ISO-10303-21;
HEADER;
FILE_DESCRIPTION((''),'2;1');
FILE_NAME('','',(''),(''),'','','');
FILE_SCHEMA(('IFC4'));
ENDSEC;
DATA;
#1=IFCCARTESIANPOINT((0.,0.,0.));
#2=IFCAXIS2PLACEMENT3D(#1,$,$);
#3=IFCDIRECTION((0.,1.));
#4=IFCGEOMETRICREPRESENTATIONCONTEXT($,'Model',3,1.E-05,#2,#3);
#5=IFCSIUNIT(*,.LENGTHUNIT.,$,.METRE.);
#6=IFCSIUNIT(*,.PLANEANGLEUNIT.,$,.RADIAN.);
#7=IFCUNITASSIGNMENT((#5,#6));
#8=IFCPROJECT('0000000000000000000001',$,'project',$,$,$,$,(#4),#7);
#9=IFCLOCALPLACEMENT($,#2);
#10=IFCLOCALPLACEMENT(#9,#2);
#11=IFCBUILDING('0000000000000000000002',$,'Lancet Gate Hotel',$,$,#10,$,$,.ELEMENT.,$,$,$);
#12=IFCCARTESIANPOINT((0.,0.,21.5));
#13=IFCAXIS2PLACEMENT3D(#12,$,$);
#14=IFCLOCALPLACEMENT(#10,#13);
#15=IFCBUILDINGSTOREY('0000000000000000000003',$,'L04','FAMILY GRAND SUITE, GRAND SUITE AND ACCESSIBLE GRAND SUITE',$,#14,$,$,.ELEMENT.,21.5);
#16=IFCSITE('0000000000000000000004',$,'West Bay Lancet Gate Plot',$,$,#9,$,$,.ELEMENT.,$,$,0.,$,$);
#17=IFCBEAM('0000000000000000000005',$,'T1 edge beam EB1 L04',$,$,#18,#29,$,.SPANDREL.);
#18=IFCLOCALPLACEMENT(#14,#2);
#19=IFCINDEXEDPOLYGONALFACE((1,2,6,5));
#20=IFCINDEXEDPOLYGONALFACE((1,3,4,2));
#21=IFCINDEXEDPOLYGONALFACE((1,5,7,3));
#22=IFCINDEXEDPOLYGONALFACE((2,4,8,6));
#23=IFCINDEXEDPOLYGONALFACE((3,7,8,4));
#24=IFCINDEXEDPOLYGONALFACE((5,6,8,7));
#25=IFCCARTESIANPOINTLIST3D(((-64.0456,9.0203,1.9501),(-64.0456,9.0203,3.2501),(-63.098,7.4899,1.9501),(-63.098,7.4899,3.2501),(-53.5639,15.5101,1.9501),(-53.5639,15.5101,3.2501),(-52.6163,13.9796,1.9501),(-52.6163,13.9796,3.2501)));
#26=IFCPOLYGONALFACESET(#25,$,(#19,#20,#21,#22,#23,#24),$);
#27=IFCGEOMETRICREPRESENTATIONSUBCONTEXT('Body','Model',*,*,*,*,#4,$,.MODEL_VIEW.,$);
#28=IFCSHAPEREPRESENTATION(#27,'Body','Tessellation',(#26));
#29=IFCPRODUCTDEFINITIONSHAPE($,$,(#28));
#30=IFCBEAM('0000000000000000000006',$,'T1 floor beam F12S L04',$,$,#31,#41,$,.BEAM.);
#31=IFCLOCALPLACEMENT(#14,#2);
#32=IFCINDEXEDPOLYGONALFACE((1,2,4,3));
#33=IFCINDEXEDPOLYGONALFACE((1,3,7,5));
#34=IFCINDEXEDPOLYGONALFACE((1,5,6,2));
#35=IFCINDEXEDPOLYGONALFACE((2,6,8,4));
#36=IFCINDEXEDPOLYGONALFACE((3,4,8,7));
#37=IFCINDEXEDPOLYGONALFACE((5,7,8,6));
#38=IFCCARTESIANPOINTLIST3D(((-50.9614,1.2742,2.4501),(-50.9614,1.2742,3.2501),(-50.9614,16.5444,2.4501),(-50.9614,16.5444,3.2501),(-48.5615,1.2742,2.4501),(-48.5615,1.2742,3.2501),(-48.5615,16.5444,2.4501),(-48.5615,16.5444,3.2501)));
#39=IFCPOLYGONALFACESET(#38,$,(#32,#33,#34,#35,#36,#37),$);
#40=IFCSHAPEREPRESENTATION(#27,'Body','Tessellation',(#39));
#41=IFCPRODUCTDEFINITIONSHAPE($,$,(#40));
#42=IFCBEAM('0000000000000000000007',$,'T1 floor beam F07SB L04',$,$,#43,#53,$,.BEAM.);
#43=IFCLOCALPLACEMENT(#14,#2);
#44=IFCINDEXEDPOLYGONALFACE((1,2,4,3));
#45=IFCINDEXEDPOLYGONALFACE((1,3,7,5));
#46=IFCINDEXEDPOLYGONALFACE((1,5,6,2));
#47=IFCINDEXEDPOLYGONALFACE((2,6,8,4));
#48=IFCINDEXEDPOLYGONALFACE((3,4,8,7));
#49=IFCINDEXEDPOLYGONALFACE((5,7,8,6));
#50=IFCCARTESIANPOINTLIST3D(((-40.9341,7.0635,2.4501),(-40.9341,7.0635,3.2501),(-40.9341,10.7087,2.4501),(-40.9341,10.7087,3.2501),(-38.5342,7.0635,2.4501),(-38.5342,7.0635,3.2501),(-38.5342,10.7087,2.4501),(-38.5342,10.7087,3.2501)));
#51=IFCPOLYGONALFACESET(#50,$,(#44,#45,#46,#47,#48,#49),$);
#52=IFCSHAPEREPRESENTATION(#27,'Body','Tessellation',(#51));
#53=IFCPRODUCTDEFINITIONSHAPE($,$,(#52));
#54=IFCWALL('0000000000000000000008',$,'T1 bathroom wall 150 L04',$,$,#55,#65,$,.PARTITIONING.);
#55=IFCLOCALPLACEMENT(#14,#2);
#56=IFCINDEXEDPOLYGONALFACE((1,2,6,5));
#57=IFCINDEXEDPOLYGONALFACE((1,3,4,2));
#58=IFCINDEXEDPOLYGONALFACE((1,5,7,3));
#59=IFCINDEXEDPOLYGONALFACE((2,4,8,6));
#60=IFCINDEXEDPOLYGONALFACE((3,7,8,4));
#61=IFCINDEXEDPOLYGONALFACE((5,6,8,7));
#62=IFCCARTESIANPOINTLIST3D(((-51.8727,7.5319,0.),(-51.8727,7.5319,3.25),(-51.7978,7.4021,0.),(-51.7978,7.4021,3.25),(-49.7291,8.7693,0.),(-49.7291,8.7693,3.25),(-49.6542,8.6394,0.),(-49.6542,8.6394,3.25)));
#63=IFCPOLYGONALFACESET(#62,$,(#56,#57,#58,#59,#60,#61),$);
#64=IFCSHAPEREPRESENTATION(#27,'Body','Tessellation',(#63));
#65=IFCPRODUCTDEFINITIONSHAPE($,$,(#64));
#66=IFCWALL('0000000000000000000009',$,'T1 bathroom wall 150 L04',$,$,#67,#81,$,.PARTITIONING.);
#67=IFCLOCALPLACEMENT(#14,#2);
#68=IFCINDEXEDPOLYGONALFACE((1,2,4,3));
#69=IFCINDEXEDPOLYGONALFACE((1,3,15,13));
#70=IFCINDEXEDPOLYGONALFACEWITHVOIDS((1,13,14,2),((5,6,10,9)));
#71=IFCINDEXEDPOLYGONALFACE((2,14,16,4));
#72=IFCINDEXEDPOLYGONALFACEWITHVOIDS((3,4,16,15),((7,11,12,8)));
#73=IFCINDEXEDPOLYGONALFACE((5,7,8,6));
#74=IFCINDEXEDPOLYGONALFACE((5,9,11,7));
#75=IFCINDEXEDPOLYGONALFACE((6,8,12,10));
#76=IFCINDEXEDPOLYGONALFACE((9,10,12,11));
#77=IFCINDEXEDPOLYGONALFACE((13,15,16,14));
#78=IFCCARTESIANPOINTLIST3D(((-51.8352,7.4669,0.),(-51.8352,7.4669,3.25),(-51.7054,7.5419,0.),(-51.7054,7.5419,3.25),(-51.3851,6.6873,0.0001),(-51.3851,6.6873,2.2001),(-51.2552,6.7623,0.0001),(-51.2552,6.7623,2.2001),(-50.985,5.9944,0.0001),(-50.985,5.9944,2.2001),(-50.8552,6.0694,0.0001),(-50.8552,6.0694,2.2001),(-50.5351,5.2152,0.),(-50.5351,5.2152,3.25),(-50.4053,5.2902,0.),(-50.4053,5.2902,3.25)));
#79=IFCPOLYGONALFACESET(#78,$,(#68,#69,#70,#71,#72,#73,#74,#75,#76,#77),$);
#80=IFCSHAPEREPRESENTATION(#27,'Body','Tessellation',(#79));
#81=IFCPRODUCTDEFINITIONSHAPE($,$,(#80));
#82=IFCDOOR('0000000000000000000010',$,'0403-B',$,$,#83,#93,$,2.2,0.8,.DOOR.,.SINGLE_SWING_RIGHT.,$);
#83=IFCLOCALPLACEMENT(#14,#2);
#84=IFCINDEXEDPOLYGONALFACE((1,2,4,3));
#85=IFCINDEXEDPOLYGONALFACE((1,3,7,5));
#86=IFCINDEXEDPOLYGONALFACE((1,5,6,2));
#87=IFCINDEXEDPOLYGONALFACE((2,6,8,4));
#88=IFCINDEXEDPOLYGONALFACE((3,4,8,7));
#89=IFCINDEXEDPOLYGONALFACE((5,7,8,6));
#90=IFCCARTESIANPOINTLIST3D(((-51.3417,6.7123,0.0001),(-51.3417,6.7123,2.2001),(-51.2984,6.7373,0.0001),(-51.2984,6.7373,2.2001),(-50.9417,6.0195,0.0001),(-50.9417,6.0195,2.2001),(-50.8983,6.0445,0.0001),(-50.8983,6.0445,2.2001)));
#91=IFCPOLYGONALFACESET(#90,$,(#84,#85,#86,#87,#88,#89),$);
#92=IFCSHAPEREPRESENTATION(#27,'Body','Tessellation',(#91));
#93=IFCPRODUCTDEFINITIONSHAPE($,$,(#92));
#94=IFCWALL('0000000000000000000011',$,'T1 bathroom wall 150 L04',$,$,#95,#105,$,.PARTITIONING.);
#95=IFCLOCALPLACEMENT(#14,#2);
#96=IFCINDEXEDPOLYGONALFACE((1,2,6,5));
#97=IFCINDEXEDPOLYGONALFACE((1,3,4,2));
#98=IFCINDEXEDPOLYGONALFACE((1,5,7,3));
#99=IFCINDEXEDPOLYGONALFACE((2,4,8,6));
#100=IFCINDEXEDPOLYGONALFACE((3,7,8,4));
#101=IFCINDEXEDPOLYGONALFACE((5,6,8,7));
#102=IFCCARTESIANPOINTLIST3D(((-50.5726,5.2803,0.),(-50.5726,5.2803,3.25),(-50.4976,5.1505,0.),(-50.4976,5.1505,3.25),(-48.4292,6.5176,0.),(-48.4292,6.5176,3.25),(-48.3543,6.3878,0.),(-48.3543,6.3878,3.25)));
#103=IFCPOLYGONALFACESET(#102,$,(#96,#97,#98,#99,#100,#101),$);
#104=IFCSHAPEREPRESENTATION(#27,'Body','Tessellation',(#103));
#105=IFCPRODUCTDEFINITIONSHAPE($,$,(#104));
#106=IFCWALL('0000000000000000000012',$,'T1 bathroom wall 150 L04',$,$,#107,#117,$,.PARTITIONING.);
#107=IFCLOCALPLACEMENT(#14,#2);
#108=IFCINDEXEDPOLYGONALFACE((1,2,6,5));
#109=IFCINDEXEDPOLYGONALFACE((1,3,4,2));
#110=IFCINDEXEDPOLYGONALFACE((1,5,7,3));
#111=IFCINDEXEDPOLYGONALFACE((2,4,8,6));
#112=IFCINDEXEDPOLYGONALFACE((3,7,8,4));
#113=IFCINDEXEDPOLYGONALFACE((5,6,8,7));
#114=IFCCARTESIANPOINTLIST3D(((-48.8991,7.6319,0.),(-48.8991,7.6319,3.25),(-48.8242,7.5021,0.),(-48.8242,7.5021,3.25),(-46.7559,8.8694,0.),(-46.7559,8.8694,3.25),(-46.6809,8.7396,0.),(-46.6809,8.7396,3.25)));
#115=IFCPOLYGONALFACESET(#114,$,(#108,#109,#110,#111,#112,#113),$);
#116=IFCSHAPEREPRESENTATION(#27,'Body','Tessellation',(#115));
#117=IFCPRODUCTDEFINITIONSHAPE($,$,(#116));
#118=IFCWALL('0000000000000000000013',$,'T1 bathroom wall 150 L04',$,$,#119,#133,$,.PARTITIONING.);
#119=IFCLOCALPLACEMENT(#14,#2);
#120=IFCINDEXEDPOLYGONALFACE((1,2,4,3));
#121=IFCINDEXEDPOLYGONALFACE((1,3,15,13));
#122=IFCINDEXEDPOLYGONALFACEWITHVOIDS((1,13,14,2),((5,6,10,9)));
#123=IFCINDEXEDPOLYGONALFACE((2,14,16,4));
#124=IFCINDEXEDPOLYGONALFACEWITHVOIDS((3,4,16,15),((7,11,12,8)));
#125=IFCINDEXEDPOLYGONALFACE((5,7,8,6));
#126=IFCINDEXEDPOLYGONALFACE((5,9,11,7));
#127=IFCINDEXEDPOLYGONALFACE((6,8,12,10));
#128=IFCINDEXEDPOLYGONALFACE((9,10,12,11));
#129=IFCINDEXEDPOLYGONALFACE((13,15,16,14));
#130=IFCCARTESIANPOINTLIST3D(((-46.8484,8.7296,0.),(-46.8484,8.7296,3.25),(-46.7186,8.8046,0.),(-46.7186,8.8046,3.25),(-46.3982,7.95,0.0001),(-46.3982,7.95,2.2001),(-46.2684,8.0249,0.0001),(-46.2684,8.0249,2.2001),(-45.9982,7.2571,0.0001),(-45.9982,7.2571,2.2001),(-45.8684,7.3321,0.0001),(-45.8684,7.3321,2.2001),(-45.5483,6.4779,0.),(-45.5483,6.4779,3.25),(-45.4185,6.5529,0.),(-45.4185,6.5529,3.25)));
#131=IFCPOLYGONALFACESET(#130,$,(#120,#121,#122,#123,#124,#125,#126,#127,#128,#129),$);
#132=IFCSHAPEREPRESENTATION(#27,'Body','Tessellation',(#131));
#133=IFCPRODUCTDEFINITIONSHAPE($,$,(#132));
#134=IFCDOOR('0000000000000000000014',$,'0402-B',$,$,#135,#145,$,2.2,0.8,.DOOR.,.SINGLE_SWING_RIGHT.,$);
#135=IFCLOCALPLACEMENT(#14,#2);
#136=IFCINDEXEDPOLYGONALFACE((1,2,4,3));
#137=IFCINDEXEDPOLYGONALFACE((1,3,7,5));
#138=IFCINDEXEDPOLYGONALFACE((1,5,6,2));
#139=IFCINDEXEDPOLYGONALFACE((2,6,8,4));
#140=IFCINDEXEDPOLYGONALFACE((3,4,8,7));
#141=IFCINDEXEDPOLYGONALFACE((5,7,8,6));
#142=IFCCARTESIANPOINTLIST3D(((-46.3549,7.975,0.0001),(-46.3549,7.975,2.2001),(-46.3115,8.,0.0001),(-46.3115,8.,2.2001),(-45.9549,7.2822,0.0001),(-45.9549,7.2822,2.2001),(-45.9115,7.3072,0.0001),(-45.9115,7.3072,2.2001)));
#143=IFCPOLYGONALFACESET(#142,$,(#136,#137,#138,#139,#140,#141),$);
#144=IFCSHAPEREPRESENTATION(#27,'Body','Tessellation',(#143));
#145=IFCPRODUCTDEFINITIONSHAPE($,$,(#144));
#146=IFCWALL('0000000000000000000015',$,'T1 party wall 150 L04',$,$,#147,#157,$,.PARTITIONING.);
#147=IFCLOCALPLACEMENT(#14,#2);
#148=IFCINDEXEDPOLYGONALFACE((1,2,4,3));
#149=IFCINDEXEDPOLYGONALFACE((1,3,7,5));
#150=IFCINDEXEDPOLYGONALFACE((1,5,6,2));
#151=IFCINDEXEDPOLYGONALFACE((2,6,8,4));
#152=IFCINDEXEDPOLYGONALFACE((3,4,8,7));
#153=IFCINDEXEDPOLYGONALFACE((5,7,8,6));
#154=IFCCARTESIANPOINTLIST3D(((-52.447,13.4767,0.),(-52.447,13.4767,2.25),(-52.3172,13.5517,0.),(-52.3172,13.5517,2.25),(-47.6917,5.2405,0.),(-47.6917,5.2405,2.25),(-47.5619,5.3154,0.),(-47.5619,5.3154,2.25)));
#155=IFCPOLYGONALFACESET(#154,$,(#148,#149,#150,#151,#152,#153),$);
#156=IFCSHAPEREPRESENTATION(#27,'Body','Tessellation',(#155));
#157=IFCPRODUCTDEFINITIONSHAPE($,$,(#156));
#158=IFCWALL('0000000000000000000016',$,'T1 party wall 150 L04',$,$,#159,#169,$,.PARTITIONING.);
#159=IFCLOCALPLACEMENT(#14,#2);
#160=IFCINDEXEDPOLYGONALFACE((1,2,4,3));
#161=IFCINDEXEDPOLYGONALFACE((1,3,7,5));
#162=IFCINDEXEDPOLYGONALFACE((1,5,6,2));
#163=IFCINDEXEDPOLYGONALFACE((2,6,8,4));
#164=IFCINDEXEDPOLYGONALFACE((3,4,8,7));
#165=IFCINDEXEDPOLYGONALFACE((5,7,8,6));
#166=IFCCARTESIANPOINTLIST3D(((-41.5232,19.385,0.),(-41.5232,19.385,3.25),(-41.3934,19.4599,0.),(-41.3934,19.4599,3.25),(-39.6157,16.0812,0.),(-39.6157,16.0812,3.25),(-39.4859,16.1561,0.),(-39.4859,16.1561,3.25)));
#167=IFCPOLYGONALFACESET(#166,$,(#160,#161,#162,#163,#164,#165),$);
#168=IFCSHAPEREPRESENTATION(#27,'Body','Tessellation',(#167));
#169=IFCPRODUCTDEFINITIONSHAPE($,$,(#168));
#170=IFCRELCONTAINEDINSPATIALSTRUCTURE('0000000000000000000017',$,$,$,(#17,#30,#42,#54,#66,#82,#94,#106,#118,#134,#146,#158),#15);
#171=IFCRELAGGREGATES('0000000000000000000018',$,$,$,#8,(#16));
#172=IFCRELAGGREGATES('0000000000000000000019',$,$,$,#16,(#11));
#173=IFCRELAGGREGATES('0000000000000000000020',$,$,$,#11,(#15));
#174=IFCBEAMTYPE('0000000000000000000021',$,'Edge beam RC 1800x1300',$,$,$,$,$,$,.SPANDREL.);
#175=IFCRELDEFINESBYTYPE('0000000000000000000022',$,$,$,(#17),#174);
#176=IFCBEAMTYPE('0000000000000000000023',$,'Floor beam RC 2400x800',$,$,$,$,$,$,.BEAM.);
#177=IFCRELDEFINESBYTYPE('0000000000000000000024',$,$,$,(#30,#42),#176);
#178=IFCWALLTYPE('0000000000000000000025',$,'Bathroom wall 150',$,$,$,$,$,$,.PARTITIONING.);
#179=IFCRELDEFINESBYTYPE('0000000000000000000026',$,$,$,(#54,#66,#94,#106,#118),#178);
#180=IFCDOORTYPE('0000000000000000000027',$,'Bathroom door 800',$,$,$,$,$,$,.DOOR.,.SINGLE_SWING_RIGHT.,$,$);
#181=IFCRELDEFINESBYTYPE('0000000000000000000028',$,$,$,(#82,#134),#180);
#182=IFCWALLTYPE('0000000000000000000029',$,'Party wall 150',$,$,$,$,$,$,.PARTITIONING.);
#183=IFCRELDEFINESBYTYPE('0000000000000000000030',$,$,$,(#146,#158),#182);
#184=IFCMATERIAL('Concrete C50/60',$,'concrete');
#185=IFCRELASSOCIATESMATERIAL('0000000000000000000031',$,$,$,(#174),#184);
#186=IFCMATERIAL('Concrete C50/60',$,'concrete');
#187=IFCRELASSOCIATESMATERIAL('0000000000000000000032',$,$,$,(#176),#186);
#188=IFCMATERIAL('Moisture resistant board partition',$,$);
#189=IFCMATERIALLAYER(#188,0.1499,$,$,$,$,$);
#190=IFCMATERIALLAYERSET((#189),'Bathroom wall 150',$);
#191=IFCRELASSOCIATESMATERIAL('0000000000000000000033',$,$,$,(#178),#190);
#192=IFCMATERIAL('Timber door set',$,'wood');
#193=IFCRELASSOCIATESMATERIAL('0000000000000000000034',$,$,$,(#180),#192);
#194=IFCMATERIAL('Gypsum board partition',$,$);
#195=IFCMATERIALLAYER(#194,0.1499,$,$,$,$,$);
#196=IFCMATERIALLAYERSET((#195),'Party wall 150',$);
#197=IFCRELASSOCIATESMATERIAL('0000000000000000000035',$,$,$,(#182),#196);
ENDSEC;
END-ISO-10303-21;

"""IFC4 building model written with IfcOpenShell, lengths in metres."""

from ifc_helpers import new_model, si_unit, direction, frame, frame_2d, origin, origin_2d, place, context, subcontext, project, spatial, rectangle, extrude, material, layer, layer_set, material_profile, profile_set, type_object, element, fill, save


model = new_model("IFC4")

# Units and contexts
model_context = context("Model", 3, precision=1e-05, world=origin(), true_north=direction((0.0, 1.0)))
body_context = subcontext(model_context, "Body", "Model", "MODEL_VIEW")
ifc_project = project(units=[si_unit("LENGTHUNIT", "METRE"), si_unit("PLANEANGLEUNIT", "RADIAN")], contexts=[model_context])

# Site, building, storey
site_placement = place(None, origin())
site = spatial("IfcSite", under=ifc_project, at=site_placement, Name="West Bay Lancet Gate Plot", CompositionType="ELEMENT", RefElevation=0.0)
building_placement = place(site_placement, origin())
building = spatial("IfcBuilding", under=site, at=building_placement, Name="Lancet Gate Hotel", CompositionType="ELEMENT")
storey_placement = place(building_placement, frame((0.0, 0.0, 21.5)))
storey = spatial("IfcBuildingStorey", under=building, at=storey_placement, Name="L04", Description="FAMILY GRAND SUITE, GRAND SUITE AND ACCESSIBLE GRAND SUITE", CompositionType="ELEMENT", Elevation=21.5)

# Beams
ifc_material_1 = material(Name="Concrete C50/60", Category="concrete")
ifc_material_profile_1 = material_profile(ifc_material_1, rectangle(XDim=1.8, YDim=1.3, at=origin_2d()), Name="RC 1800x1300")
ifc_profile_set_1 = profile_set([ifc_material_profile_1], Name="Concrete C50/60")
beam_type_1 = type_object("IfcBeamType", Name="Edge beam RC 1800x1300", PredefinedType="SPANDREL", material=ifc_profile_set_1)
beam_1_placement = place(storey_placement, frame((-53.0901, 14.7449, 2.6001), z_axis=(-0.850226, -0.526418, 0.0), x_axis=(0.526418, -0.850226, 0.0)))
element("IfcBeam", 1, at=beam_1_placement, inside=storey, type_object=beam_type_1, Name="T1 edge beam EB1 L04", PredefinedType="SPANDREL", context=body_context, shape_type="SweptSolid", body=[
    extrude(rectangle(XDim=1.8, YDim=1.3, at=origin_2d()), origin(), (0.0, 0.0, 1.0), 12.3281),
])
ifc_material_2 = material(Name="Concrete C50/60", Category="concrete")
ifc_material_profile_2 = material_profile(ifc_material_2, rectangle(XDim=2.3999, YDim=0.8, at=origin_2d()), Name="RC 2400x800")
ifc_profile_set_2 = profile_set([ifc_material_profile_2], Name="Concrete C50/60")
beam_type_2 = type_object("IfcBeamType", Name="Floor beam RC 2400x800", PredefinedType="BEAM", material=ifc_profile_set_2)
beam_2_placement = place(storey_placement, frame((-49.7615, 16.5444, 2.8501), z_axis=(0.0, -1.0, 0.0), x_axis=(1.0, 0.0, 0.0)))
element("IfcBeam", 2, at=beam_2_placement, inside=storey, type_object=beam_type_2, Name="T1 floor beam F12S L04", PredefinedType="BEAM", context=body_context, shape_type="SweptSolid", body=[
    extrude(rectangle(XDim=2.3999, YDim=0.8, at=origin_2d()), origin(), (0.0, 0.0, 1.0), 15.2703),
])
beam_3_placement = place(storey_placement, frame((-39.7341, 10.7087, 2.8501), z_axis=(0.0, -1.0, 0.0), x_axis=(1.0, 0.0, 0.0)))
element("IfcBeam", 3, at=beam_3_placement, inside=storey, type_object=beam_type_2, Name="T1 floor beam F07SB L04", PredefinedType="BEAM", context=body_context, shape_type="SweptSolid", body=[
    extrude(rectangle(XDim=2.3999, YDim=0.8, at=origin_2d()), origin(), (0.0, 0.0, 1.0), 3.6453),
])

# Wall
ifc_material_3 = material(Name="Moisture resistant board partition")
ifc_layer_1 = layer(ifc_material_3, 0.1499)
ifc_layer_set_1 = layer_set([ifc_layer_1], Name="Bathroom wall 150")
wall_type_1 = type_object("IfcWallType", Name="Bathroom wall 150", PredefinedType="PARTITIONING", material=ifc_layer_set_1)
wall_1_placement = place(storey_placement, frame((-49.6917, 8.7043, 0.0), z_axis=(0.0, 0.0, 1.0), x_axis=(-0.866074, -0.499916, 0.0)))
element("IfcWall", 4, at=wall_1_placement, inside=storey, type_object=wall_type_1, Name="T1 bathroom wall 150 L04", PredefinedType="PARTITIONING", context=body_context, shape_type="SweptSolid", body=[
    extrude(rectangle(XDim=2.4751, YDim=0.1499, at=frame_2d((1.2375, 0.0))), origin(), (0.0, 0.0, 1.0), 3.25),
])

# Wall, opening, door
wall_2_placement = place(storey_placement, frame((-50.4702, 5.2527, 0.0), z_axis=(0.0, 0.0, 1.0), x_axis=(-0.500007, 0.866021, 0.0)))
wall_2 = element("IfcWall", 5, at=wall_2_placement, inside=storey, type_object=wall_type_1, Name="T1 bathroom wall 150 L04", PredefinedType="PARTITIONING", context=body_context, shape_type="SweptSolid", body=[
    extrude(rectangle(XDim=2.6001, YDim=0.1499, at=frame_2d((1.3, 0.0))), origin(), (0.0, 0.0, 1.0), 3.25),
])
opening_1_placement = place(wall_2_placement, frame((0.8999, 0.0, 0.0)))
opening_1 = element("IfcOpeningElement", 6, at=opening_1_placement, cuts=wall_2, PredefinedType="OPENING", context=body_context, shape_type="SweptSolid", body=[
    extrude(rectangle(XDim=0.8, YDim=2.2, at=frame_2d((0.3999, 1.1001))), frame((0.0, 0.085, 0.0), z_axis=(0.0, -1.0, 0.0), x_axis=(1.0, 0.0, 0.0)), (0.0, 0.0, 1.0), 0.1699),
])
ifc_material_4 = material(Name="Timber door set", Category="wood")
door_type_1 = type_object("IfcDoorType", Name="Bathroom door 800", OperationType="SINGLE_SWING_RIGHT", PredefinedType="DOOR", material=ifc_material_4)
door_1_placement = place(opening_1_placement, origin())
door_1 = element("IfcDoor", 7, at=door_1_placement, inside=storey, type_object=door_type_1, Name="0403-B", OperationType="SINGLE_SWING_RIGHT", OverallHeight=2.2, OverallWidth=0.8, PredefinedType="DOOR", context=body_context, shape_type="SweptSolid", body=[
    extrude(rectangle(XDim=0.8, YDim=2.2, at=frame_2d((0.3999, 1.1001))), frame((0.0, 0.0249, 0.0), z_axis=(0.0, -1.0, 0.0), x_axis=(1.0, 0.0, 0.0)), (0.0, 0.0, 1.0), 0.05),
])
fill(opening_1, door_1)

# Walls
for number, where, z_axis, x_axis, name in (
    (8, (-48.3918, 6.4526, 0.0), (0.0, 0.0, 1.0), (-0.866049, -0.499959, 0.0), "T1 bathroom wall 150 L04"),
    (9, (-46.7185, 8.8044, 0.0), (0.0, 0.0, 1.0), (-0.866007, -0.500033, 0.0), "T1 bathroom wall 150 L04"),
):
    element("IfcWall", number, at=place(storey_placement, frame(where, z_axis=z_axis, x_axis=x_axis)), inside=storey, type_object=wall_type_1, Name=name, PredefinedType="PARTITIONING", context=body_context, shape_type="SweptSolid", body=[
        extrude(rectangle(XDim=2.4749, YDim=0.1499, at=frame_2d((1.2373, 0.0))), origin(), (0.0, 0.0, 1.0), 3.25),
    ])

# Wall, opening, door
wall_3_placement = place(storey_placement, frame((-45.4834, 6.5154, 0.0), z_axis=(0.0, 0.0, 1.0), x_axis=(-0.500007, 0.866021, 0.0)))
wall_3 = element("IfcWall", 10, at=wall_3_placement, inside=storey, type_object=wall_type_1, Name="T1 bathroom wall 150 L04", PredefinedType="PARTITIONING", context=body_context, shape_type="SweptSolid", body=[
    extrude(rectangle(XDim=2.6001, YDim=0.1499, at=frame_2d((1.3, 0.0))), origin(), (0.0, 0.0, 1.0), 3.25),
])
opening_2_placement = place(wall_3_placement, frame((0.8999, 0.0, 0.0)))
opening_2 = element("IfcOpeningElement", 11, at=opening_2_placement, cuts=wall_3, PredefinedType="OPENING", context=body_context, shape_type="SweptSolid", body=[
    extrude(rectangle(XDim=0.8, YDim=2.2, at=frame_2d((0.3999, 1.1001))), frame((0.0, 0.085, 0.0), z_axis=(0.0, -1.0, 0.0), x_axis=(1.0, 0.0, 0.0)), (0.0, 0.0, 1.0), 0.1699),
])
door_2_placement = place(opening_2_placement, origin())
door_2 = element("IfcDoor", 12, at=door_2_placement, inside=storey, type_object=door_type_1, Name="0402-B", OperationType="SINGLE_SWING_RIGHT", OverallHeight=2.2, OverallWidth=0.8, PredefinedType="DOOR", context=body_context, shape_type="SweptSolid", body=[
    extrude(rectangle(XDim=0.8, YDim=2.2, at=frame_2d((0.3999, 1.1001))), frame((0.0, 0.0249, 0.0), z_axis=(0.0, -1.0, 0.0), x_axis=(1.0, 0.0, 0.0)), (0.0, 0.0, 1.0), 0.05),
])
fill(opening_2, door_2)

# Walls
ifc_material_5 = material(Name="Gypsum board partition")
ifc_layer_2 = layer(ifc_material_5, 0.1499)
ifc_layer_set_2 = layer_set([ifc_layer_2], Name="Party wall 150")
wall_type_2 = type_object("IfcWallType", Name="Party wall 150", PredefinedType="PARTITIONING", material=ifc_layer_set_2)
wall_4_placement = place(storey_placement, frame((-47.6267, 5.2778, 0.0), z_axis=(0.0, 0.0, 1.0), x_axis=(-0.50001, 0.86602, 0.0)))
element("IfcWall", 13, at=wall_4_placement, inside=storey, type_object=wall_type_2, Name="T1 party wall 150 L04", PredefinedType="PARTITIONING", context=body_context, shape_type="SweptSolid", body=[
    extrude(rectangle(XDim=9.5105, YDim=0.1499, at=frame_2d((4.7554, 0.0))), origin(), (0.0, 0.0, 1.0), 2.25),
])
wall_5_placement = place(storey_placement, frame((-39.5508, 16.1187, 0.0), z_axis=(0.0, 0.0, 1.0), x_axis=(-0.500014, 0.866017, 0.0)))
element("IfcWall", 14, at=wall_5_placement, inside=storey, type_object=wall_type_2, Name="T1 party wall 150 L04", PredefinedType="PARTITIONING", context=body_context, shape_type="SweptSolid", body=[
    extrude(rectangle(XDim=3.8149, YDim=0.1499, at=frame_2d((1.9075, 0.0))), origin(), (0.0, 0.0, 1.0), 3.25),
])

save(model, "model.ifc")
